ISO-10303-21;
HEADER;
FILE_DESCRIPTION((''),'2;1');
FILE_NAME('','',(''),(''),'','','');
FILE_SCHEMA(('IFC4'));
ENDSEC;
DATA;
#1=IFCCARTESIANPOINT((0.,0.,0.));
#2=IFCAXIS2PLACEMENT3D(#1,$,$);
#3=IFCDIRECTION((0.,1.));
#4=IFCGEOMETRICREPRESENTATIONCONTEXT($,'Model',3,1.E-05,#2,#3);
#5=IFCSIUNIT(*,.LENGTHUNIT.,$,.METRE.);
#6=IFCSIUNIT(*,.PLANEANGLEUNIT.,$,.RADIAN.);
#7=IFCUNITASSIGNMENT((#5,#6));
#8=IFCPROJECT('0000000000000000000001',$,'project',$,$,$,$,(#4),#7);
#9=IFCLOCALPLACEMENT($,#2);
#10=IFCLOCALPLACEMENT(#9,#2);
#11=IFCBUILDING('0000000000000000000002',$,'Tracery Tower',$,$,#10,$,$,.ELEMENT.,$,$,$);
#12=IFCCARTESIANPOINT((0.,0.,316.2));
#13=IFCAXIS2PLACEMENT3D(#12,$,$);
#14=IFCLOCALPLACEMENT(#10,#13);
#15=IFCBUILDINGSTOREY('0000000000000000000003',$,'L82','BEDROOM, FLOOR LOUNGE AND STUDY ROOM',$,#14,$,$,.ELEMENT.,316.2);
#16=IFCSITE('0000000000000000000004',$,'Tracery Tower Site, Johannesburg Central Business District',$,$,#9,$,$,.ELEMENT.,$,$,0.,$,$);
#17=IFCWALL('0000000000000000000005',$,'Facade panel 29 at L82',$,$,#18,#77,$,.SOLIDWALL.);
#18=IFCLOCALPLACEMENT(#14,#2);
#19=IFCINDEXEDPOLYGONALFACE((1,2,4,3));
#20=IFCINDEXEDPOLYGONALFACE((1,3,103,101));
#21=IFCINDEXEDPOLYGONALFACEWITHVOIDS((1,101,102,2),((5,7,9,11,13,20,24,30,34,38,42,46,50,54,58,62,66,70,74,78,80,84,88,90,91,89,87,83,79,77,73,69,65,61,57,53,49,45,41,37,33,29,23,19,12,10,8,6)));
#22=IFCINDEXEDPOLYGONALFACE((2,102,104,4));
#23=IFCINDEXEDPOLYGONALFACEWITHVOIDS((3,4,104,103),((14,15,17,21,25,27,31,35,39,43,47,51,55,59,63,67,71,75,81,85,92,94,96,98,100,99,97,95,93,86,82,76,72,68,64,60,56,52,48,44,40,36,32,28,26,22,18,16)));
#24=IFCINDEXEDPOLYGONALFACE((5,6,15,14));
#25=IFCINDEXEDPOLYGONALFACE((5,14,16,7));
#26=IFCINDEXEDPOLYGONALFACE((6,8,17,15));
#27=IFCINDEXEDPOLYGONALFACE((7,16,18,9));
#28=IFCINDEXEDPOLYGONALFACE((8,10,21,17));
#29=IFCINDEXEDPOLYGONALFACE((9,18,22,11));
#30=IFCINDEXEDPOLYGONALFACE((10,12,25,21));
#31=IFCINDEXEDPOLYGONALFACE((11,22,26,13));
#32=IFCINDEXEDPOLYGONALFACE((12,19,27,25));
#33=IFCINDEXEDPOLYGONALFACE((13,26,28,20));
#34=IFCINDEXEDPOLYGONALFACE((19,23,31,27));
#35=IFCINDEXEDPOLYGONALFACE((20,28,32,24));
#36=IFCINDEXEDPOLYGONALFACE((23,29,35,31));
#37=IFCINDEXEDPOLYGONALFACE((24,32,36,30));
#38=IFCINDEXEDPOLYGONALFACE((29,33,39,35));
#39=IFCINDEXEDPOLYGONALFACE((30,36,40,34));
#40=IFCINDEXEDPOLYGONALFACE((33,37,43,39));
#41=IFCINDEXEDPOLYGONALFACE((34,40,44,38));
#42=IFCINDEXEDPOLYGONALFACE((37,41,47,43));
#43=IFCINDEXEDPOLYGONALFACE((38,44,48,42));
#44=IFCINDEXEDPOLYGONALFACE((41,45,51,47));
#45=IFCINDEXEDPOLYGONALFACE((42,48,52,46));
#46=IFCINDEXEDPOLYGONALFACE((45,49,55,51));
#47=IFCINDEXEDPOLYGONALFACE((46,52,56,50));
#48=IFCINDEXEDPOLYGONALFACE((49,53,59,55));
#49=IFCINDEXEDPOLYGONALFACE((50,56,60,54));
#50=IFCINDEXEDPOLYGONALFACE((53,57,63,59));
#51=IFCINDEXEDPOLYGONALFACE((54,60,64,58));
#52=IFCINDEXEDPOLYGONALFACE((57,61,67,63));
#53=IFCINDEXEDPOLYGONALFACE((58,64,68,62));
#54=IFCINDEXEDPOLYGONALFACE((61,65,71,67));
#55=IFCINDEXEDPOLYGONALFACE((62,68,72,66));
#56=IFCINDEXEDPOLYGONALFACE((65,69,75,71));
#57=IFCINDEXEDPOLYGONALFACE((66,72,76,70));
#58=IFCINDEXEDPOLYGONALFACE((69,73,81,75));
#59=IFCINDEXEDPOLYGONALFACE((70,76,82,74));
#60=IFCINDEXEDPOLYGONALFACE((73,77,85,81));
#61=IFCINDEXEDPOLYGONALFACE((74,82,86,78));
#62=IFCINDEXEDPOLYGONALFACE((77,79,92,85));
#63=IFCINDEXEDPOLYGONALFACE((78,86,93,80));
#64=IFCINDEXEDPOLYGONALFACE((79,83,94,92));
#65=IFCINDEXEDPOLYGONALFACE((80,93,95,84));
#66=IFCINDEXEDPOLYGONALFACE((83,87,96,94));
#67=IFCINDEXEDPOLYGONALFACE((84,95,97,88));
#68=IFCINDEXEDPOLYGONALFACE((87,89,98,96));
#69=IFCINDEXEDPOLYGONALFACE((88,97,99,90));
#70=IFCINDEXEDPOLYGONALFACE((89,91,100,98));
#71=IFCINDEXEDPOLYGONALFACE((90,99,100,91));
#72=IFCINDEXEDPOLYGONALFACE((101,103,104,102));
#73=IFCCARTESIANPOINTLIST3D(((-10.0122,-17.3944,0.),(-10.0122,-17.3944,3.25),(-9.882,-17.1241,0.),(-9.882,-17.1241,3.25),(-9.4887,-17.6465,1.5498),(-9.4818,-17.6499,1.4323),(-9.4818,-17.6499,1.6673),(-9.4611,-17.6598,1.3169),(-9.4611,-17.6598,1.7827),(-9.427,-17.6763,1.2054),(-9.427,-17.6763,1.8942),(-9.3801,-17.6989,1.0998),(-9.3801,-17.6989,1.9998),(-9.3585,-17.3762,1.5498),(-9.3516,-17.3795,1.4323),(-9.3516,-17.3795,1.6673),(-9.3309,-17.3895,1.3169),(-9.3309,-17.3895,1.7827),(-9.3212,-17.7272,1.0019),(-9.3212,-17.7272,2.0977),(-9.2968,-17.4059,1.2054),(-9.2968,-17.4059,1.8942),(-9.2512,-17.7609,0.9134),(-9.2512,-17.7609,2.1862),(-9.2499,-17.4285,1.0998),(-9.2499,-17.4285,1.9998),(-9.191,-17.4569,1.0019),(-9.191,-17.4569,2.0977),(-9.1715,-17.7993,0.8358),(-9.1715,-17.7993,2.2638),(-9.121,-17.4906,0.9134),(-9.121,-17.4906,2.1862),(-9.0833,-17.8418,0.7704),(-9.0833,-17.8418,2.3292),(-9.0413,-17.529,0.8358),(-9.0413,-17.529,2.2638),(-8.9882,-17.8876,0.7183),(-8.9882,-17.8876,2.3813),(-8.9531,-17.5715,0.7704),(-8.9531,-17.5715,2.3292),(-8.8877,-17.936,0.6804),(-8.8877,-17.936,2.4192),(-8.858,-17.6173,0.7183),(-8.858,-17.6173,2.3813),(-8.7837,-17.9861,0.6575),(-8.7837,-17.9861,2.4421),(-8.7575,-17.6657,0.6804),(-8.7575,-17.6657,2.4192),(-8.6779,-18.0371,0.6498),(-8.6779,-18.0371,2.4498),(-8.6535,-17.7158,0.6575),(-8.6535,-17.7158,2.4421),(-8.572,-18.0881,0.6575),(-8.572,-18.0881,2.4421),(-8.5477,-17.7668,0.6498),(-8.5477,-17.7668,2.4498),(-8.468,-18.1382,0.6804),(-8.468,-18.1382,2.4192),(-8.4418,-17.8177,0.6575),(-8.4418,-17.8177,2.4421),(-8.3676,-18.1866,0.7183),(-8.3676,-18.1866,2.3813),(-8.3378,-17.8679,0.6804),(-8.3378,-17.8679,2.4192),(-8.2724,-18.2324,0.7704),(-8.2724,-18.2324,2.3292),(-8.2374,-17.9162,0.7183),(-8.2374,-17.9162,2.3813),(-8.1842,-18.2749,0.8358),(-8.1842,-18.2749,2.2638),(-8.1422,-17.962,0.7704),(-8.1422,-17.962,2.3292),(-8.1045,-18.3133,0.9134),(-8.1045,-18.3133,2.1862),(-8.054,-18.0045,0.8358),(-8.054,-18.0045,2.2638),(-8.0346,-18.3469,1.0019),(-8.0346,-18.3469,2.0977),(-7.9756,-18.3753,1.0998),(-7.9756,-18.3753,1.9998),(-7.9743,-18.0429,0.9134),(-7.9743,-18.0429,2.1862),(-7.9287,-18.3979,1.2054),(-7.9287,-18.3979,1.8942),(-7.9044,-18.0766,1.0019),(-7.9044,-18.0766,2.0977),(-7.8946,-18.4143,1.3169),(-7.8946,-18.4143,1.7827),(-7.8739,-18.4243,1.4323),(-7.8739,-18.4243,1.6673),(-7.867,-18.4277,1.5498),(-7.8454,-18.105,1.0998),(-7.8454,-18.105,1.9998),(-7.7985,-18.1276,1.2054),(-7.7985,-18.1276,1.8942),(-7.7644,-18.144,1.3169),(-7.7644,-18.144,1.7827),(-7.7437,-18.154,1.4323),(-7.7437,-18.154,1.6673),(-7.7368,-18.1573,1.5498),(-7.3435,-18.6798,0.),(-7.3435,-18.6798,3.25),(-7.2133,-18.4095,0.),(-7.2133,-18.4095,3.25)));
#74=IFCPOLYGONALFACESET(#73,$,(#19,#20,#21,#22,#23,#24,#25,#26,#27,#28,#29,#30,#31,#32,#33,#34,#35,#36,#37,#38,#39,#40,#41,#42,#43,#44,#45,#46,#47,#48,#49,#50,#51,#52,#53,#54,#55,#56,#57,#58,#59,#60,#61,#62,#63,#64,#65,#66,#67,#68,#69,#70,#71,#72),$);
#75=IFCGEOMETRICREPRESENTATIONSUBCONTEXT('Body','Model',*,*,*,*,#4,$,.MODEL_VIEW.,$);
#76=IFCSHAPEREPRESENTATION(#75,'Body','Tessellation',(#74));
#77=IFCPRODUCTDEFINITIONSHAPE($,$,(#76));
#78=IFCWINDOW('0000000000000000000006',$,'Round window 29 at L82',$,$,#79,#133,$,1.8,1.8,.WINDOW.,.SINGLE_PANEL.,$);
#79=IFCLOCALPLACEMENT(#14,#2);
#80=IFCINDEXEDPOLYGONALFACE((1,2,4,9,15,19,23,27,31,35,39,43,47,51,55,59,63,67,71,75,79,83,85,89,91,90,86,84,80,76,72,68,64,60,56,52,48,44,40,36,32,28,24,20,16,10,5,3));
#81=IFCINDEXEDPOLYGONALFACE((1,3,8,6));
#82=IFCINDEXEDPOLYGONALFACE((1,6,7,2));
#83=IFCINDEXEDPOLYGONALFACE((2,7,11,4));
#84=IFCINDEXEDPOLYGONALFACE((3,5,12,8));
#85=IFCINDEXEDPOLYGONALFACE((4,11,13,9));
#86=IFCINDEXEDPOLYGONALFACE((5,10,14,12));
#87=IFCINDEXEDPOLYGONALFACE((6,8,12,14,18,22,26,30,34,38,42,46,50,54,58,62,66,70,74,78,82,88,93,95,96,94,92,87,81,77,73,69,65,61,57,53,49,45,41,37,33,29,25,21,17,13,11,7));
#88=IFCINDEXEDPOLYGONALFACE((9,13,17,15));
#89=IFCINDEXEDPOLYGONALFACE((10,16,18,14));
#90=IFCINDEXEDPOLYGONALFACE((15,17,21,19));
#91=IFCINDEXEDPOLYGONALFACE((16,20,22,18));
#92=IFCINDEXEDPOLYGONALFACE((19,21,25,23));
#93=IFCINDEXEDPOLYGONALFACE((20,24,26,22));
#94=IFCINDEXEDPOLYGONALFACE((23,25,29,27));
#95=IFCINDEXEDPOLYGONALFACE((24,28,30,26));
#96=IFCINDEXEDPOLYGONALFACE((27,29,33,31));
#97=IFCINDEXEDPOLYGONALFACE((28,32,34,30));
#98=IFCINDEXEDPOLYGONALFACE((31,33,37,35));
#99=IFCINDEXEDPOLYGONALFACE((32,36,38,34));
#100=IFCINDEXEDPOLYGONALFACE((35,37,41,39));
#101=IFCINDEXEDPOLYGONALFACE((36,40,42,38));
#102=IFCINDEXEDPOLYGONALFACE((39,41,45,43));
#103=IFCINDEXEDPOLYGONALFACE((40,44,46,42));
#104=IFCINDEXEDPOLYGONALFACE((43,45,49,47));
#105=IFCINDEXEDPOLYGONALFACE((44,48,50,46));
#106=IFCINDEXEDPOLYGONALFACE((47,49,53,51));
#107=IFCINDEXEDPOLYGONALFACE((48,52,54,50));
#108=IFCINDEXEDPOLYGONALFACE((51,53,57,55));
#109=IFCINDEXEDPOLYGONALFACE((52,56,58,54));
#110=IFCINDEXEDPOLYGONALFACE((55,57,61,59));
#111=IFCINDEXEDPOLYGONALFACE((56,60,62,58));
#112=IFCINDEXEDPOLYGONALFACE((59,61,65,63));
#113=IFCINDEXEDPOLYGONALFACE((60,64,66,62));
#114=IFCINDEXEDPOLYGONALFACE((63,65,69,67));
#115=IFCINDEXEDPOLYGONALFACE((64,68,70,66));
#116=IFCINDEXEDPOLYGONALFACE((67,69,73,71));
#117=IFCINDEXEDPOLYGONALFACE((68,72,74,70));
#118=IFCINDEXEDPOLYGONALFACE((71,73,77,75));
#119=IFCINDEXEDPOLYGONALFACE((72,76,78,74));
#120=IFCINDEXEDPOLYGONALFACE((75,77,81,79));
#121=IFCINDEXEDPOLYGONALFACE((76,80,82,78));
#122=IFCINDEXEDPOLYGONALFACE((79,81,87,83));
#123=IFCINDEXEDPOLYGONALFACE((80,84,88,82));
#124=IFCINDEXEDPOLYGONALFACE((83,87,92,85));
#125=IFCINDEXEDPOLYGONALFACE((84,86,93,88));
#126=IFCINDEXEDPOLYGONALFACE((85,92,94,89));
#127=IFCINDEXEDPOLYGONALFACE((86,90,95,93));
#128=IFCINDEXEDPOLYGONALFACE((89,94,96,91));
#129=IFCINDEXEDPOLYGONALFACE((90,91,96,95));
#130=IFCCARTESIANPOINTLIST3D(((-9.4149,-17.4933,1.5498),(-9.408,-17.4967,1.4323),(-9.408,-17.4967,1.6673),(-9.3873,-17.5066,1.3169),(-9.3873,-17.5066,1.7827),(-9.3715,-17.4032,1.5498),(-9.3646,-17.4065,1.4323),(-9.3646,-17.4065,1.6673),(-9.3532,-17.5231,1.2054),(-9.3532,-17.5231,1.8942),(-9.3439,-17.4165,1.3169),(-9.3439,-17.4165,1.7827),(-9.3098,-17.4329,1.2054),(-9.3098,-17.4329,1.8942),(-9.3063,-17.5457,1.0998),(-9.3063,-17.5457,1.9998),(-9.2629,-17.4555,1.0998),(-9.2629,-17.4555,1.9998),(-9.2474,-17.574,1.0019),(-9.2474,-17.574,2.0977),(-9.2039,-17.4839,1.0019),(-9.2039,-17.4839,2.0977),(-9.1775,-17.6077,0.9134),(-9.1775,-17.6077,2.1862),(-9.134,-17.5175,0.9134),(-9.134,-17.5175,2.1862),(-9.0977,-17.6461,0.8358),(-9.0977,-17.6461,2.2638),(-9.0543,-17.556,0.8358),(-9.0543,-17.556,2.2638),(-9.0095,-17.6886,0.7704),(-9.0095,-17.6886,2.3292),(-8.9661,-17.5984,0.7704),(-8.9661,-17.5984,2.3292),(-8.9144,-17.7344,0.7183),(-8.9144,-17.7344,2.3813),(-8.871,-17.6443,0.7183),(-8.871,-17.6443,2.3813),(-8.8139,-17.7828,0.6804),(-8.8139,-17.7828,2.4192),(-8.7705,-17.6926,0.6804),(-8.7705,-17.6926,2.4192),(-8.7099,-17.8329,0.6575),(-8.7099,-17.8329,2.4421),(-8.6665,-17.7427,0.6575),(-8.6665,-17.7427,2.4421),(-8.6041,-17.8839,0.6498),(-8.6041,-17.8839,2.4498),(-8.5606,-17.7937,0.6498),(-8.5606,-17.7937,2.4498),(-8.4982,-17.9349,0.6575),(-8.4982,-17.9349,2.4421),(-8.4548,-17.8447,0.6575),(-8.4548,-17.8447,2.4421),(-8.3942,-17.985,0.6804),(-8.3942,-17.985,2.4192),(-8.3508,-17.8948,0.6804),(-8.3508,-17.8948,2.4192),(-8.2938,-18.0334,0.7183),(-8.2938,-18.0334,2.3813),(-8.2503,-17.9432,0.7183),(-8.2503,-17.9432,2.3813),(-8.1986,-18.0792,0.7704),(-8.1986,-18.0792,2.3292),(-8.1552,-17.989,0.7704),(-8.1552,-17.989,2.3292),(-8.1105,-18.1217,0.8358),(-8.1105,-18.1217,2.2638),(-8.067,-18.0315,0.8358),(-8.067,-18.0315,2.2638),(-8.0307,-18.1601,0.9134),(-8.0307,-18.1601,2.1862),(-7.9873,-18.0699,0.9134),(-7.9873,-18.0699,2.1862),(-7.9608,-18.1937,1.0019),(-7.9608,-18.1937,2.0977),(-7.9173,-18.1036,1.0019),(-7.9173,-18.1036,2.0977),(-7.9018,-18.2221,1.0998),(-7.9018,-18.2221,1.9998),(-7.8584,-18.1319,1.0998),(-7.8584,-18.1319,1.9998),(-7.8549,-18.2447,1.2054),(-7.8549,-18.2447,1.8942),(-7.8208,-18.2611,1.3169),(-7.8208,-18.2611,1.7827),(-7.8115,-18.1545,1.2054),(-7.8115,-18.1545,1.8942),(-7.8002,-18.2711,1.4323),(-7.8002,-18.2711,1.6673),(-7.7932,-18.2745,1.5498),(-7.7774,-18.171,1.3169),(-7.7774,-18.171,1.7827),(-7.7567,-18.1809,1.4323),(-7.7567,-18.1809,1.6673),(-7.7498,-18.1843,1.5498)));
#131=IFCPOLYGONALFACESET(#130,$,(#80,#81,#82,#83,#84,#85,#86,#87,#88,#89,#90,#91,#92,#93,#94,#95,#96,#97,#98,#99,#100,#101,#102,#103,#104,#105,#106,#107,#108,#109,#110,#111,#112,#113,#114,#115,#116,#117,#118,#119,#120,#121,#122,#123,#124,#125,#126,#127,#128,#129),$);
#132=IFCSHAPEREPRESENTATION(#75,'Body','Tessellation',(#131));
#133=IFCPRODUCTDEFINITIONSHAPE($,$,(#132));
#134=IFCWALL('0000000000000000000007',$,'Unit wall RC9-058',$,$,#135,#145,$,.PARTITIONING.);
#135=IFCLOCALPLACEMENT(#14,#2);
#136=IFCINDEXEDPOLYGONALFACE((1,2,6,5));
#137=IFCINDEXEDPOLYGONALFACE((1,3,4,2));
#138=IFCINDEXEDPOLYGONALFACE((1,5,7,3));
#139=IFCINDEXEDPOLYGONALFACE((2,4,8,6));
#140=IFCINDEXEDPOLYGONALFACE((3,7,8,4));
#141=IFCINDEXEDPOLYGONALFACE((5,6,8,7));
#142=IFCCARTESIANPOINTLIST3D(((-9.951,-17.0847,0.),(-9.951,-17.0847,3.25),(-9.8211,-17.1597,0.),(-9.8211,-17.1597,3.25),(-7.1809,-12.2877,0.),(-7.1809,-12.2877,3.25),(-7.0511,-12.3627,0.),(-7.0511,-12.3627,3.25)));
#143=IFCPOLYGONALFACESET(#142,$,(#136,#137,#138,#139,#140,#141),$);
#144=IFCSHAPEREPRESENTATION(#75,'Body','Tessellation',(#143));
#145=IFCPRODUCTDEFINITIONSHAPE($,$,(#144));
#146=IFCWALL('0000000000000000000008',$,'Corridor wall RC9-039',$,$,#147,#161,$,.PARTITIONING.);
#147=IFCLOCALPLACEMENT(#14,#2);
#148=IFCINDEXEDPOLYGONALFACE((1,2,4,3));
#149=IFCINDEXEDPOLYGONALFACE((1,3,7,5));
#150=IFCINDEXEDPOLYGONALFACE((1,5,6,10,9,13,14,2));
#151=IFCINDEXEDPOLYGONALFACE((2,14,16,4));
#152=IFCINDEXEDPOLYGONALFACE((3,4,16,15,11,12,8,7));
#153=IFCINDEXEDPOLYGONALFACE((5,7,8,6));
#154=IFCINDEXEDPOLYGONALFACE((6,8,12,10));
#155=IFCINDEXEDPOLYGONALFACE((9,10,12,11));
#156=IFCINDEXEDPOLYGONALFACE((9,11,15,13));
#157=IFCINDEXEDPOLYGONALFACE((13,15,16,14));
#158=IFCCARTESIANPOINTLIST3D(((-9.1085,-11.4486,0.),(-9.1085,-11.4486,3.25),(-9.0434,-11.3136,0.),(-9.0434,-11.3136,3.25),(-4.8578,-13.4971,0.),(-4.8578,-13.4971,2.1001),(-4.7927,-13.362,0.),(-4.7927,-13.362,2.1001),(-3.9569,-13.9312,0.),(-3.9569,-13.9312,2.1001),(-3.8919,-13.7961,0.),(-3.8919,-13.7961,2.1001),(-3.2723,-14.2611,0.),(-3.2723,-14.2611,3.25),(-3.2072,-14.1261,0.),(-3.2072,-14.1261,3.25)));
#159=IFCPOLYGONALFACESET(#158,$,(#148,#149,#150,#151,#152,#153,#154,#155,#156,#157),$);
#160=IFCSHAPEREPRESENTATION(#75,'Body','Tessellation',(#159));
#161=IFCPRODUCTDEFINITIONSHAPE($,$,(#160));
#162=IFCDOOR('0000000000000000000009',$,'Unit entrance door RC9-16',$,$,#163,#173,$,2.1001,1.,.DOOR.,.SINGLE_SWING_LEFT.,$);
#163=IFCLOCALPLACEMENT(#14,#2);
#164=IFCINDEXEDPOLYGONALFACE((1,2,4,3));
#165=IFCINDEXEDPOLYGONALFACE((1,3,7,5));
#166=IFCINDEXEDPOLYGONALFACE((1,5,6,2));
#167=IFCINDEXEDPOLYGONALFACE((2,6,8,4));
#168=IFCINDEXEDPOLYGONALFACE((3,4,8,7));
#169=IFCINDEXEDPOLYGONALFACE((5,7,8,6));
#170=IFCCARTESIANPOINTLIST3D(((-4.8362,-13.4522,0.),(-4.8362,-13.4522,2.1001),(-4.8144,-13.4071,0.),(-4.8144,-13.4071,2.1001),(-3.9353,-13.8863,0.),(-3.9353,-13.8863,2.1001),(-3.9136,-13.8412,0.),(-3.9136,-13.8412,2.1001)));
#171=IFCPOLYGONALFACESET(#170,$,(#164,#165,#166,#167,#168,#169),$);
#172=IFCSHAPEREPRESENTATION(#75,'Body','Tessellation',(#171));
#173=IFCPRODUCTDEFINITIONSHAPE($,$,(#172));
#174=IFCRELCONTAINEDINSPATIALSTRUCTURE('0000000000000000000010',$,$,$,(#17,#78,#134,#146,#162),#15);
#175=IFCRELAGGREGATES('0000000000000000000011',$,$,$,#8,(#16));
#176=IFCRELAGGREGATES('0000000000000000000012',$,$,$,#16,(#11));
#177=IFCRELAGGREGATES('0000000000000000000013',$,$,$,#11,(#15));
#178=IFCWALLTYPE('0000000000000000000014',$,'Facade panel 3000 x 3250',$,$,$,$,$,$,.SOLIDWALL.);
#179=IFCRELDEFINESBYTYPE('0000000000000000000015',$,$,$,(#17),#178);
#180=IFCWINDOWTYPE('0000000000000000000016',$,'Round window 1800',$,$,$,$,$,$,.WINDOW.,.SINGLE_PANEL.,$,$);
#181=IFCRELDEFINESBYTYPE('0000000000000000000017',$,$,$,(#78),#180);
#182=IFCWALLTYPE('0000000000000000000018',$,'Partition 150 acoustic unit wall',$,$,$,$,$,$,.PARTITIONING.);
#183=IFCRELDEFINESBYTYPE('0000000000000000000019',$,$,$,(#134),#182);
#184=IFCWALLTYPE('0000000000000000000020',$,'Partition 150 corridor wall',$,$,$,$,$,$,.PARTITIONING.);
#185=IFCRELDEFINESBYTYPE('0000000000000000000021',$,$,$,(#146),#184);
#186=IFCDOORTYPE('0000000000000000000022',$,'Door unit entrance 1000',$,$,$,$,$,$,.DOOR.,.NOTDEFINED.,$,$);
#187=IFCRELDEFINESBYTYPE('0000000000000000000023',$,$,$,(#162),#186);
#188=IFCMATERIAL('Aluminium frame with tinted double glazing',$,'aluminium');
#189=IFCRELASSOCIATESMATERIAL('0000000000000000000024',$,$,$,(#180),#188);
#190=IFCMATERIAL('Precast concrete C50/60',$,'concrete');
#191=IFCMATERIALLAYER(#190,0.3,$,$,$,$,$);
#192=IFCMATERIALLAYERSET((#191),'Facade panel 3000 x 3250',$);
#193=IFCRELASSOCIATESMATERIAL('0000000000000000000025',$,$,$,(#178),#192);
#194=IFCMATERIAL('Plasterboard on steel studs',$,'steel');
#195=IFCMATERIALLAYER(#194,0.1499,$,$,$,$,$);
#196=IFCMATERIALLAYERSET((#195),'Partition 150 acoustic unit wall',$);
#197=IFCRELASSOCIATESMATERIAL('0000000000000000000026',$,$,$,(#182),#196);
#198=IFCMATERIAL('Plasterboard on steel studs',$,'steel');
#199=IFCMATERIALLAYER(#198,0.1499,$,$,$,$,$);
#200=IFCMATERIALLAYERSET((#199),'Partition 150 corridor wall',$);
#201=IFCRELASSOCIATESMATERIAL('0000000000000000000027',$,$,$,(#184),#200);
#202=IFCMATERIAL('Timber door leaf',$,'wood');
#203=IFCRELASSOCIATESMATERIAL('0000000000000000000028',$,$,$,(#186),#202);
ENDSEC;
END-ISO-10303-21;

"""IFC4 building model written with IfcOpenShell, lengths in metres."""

from ifc_helpers import new_model, si_unit, direction, frame, frame_2d, origin, origin_2d, place, context, subcontext, project, spatial, rectangle, circle, extrude, material, layer, layer_set, type_object, element, fill, save


model = new_model("IFC4")

# Units and contexts
model_context = context("Model", 3, precision=1e-05, world=origin(), true_north=direction((0.0, 1.0)))
body_context = subcontext(model_context, "Body", "Model", "MODEL_VIEW")
ifc_project = project(units=[si_unit("LENGTHUNIT", "METRE"), si_unit("PLANEANGLEUNIT", "RADIAN")], contexts=[model_context])

# Site, building, storey
site_placement = place(None, origin())
site = spatial("IfcSite", under=ifc_project, at=site_placement, Name="Tracery Tower Site, Johannesburg Central Business District", CompositionType="ELEMENT", RefElevation=0.0)
building_placement = place(site_placement, origin())
building = spatial("IfcBuilding", under=site, at=building_placement, Name="Tracery Tower", CompositionType="ELEMENT")
storey_placement = place(building_placement, frame((0.0, 0.0, 316.2)))
storey = spatial("IfcBuildingStorey", under=building, at=storey_placement, Name="L82", Description="BEDROOM, FLOOR LOUNGE AND STUDY ROOM", CompositionType="ELEMENT", Elevation=316.2)

# Wall, opening, window
ifc_material_1 = material(Name="Aluminium frame with tinted double glazing", Category="aluminium")
window_type = type_object("IfcWindowType", Name="Round window 1800", PartitioningType="SINGLE_PANEL", PredefinedType="WINDOW", material=ifc_material_1)
ifc_material_2 = material(Name="Precast concrete C50/60", Category="concrete")
ifc_layer_1 = layer(ifc_material_2, 0.3)
ifc_layer_set_1 = layer_set([ifc_layer_1], Name="Facade panel 3000 x 3250")
wall_type_1 = type_object("IfcWallType", Name="Facade panel 3000 x 3250", PredefinedType="SOLIDWALL", material=ifc_layer_set_1)
wall_1_placement = place(storey_placement, frame((-9.947, -17.2593, 0.0), z_axis=(0.0, 0.0, 1.0), x_axis=(0.90094, -0.433944, 0.0)))
wall_1 = element("IfcWall", 1, at=wall_1_placement, inside=storey, type_object=wall_type_1, Name="Facade panel 29 at L82", PredefinedType="SOLIDWALL", context=body_context, shape_type="SweptSolid", body=[
    extrude(rectangle(XDim=2.9622, YDim=0.3, at=frame_2d((1.481, 0.0))), origin(), (0.0, 0.0, 1.0), 3.25),
])
opening_1_placement = place(wall_1_placement, frame((1.481, 0.0, 1.5498)))
opening_1 = element("IfcOpeningElement", 2, at=opening_1_placement, cuts=wall_1, PredefinedType="OPENING", context=body_context, shape_type="SweptSolid", body=[
    extrude(circle(Radius=0.9, at=origin_2d()), frame((0.0, 0.1599, 0.0), z_axis=(0.0, -1.0, 0.0), x_axis=(1.0, 0.0, 0.0)), (0.0, 0.0, 1.0), 0.3201),
])
window_1_placement = place(opening_1_placement, origin())
window_1 = element("IfcWindow", 3, at=window_1_placement, inside=storey, type_object=window_type, Name="Round window 29 at L82", OverallHeight=1.8, OverallWidth=1.8, PartitioningType="SINGLE_PANEL", PredefinedType="WINDOW", context=body_context, shape_type="SweptSolid", body=[
    extrude(circle(Radius=0.9, at=origin_2d()), frame((0.0, 0.1201, 0.0), z_axis=(0.0, -1.0, 0.0), x_axis=(1.0, 0.0, 0.0)), (0.0, 0.0, 1.0), 0.1001),
])
fill(opening_1, window_1)

# Wall
ifc_material_3 = material(Name="Plasterboard on steel studs", Category="steel")
ifc_layer_2 = layer(ifc_material_3, 0.1499)
ifc_layer_set_2 = layer_set([ifc_layer_2], Name="Partition 150 acoustic unit wall")
wall_type_2 = type_object("IfcWallType", Name="Partition 150 acoustic unit wall", PredefinedType="PARTITIONING", material=ifc_layer_set_2)
wall_2_placement = place(storey_placement, frame((-9.886, -17.1221, 0.0), z_axis=(0.0, 0.0, 1.0), x_axis=(0.500073, 0.865983, 0.0)))
element("IfcWall", 4, at=wall_2_placement, inside=storey, type_object=wall_type_2, Name="Unit wall RC9-058", PredefinedType="PARTITIONING", context=body_context, shape_type="SweptSolid", body=[
    extrude(rectangle(XDim=5.5393, YDim=0.1499, at=frame_2d((2.7695, 0.0))), origin(), (0.0, 0.0, 1.0), 3.25),
])

# Wall, opening, door
ifc_material_4 = material(Name="Plasterboard on steel studs", Category="steel")
ifc_layer_3 = layer(ifc_material_4, 0.1499)
ifc_layer_set_3 = layer_set([ifc_layer_3], Name="Partition 150 corridor wall")
wall_type_3 = type_object("IfcWallType", Name="Partition 150 corridor wall", PredefinedType="PARTITIONING", material=ifc_layer_set_3)
wall_3_placement = place(storey_placement, frame((-9.0759, -11.3811, 0.0), z_axis=(0.0, 0.0, 1.0), x_axis=(0.900852, -0.434127, 0.0)))
wall_3 = element("IfcWall", 5, at=wall_3_placement, inside=storey, type_object=wall_type_3, Name="Corridor wall RC9-039", PredefinedType="PARTITIONING", context=body_context, shape_type="SweptSolid", body=[
    extrude(rectangle(XDim=6.4785, YDim=0.1499, at=frame_2d((3.2393, 0.0))), origin(), (0.0, 0.0, 1.0), 3.25),
])
opening_2_placement = place(wall_3_placement, frame((4.7185, 0.0, 0.0)))
opening_2 = element("IfcOpeningElement", 6, at=opening_2_placement, cuts=wall_3, PredefinedType="OPENING", context=body_context, shape_type="SweptSolid", body=[
    extrude(rectangle(XDim=1.0, YDim=2.1001, at=frame_2d((0.5, 1.05))), frame((0.0, 0.075, 0.0), z_axis=(0.0, -1.0, 0.0), x_axis=(1.0, 0.0, 0.0)), (0.0, 0.0, 1.0), 0.1499),
])
ifc_material_5 = material(Name="Timber door leaf", Category="wood")
door_type = type_object("IfcDoorType", Name="Door unit entrance 1000", OperationType="NOTDEFINED", PredefinedType="DOOR", material=ifc_material_5)
door_placement = place(opening_2_placement, origin())
door = element("IfcDoor", 7, at=door_placement, inside=storey, type_object=door_type, Name="Unit entrance door RC9-16", OperationType="SINGLE_SWING_LEFT", OverallHeight=2.1001, OverallWidth=1.0, PredefinedType="DOOR", context=body_context, shape_type="SweptSolid", body=[
    extrude(rectangle(XDim=1.0, YDim=2.1001, at=frame_2d((0.5, 1.05))), frame((0.0, 0.0249, 0.0), z_axis=(0.0, -1.0, 0.0), x_axis=(1.0, 0.0, 0.0)), (0.0, 0.0, 1.0), 0.05),
])
fill(opening_2, door)

save(model, "model.ifc")
